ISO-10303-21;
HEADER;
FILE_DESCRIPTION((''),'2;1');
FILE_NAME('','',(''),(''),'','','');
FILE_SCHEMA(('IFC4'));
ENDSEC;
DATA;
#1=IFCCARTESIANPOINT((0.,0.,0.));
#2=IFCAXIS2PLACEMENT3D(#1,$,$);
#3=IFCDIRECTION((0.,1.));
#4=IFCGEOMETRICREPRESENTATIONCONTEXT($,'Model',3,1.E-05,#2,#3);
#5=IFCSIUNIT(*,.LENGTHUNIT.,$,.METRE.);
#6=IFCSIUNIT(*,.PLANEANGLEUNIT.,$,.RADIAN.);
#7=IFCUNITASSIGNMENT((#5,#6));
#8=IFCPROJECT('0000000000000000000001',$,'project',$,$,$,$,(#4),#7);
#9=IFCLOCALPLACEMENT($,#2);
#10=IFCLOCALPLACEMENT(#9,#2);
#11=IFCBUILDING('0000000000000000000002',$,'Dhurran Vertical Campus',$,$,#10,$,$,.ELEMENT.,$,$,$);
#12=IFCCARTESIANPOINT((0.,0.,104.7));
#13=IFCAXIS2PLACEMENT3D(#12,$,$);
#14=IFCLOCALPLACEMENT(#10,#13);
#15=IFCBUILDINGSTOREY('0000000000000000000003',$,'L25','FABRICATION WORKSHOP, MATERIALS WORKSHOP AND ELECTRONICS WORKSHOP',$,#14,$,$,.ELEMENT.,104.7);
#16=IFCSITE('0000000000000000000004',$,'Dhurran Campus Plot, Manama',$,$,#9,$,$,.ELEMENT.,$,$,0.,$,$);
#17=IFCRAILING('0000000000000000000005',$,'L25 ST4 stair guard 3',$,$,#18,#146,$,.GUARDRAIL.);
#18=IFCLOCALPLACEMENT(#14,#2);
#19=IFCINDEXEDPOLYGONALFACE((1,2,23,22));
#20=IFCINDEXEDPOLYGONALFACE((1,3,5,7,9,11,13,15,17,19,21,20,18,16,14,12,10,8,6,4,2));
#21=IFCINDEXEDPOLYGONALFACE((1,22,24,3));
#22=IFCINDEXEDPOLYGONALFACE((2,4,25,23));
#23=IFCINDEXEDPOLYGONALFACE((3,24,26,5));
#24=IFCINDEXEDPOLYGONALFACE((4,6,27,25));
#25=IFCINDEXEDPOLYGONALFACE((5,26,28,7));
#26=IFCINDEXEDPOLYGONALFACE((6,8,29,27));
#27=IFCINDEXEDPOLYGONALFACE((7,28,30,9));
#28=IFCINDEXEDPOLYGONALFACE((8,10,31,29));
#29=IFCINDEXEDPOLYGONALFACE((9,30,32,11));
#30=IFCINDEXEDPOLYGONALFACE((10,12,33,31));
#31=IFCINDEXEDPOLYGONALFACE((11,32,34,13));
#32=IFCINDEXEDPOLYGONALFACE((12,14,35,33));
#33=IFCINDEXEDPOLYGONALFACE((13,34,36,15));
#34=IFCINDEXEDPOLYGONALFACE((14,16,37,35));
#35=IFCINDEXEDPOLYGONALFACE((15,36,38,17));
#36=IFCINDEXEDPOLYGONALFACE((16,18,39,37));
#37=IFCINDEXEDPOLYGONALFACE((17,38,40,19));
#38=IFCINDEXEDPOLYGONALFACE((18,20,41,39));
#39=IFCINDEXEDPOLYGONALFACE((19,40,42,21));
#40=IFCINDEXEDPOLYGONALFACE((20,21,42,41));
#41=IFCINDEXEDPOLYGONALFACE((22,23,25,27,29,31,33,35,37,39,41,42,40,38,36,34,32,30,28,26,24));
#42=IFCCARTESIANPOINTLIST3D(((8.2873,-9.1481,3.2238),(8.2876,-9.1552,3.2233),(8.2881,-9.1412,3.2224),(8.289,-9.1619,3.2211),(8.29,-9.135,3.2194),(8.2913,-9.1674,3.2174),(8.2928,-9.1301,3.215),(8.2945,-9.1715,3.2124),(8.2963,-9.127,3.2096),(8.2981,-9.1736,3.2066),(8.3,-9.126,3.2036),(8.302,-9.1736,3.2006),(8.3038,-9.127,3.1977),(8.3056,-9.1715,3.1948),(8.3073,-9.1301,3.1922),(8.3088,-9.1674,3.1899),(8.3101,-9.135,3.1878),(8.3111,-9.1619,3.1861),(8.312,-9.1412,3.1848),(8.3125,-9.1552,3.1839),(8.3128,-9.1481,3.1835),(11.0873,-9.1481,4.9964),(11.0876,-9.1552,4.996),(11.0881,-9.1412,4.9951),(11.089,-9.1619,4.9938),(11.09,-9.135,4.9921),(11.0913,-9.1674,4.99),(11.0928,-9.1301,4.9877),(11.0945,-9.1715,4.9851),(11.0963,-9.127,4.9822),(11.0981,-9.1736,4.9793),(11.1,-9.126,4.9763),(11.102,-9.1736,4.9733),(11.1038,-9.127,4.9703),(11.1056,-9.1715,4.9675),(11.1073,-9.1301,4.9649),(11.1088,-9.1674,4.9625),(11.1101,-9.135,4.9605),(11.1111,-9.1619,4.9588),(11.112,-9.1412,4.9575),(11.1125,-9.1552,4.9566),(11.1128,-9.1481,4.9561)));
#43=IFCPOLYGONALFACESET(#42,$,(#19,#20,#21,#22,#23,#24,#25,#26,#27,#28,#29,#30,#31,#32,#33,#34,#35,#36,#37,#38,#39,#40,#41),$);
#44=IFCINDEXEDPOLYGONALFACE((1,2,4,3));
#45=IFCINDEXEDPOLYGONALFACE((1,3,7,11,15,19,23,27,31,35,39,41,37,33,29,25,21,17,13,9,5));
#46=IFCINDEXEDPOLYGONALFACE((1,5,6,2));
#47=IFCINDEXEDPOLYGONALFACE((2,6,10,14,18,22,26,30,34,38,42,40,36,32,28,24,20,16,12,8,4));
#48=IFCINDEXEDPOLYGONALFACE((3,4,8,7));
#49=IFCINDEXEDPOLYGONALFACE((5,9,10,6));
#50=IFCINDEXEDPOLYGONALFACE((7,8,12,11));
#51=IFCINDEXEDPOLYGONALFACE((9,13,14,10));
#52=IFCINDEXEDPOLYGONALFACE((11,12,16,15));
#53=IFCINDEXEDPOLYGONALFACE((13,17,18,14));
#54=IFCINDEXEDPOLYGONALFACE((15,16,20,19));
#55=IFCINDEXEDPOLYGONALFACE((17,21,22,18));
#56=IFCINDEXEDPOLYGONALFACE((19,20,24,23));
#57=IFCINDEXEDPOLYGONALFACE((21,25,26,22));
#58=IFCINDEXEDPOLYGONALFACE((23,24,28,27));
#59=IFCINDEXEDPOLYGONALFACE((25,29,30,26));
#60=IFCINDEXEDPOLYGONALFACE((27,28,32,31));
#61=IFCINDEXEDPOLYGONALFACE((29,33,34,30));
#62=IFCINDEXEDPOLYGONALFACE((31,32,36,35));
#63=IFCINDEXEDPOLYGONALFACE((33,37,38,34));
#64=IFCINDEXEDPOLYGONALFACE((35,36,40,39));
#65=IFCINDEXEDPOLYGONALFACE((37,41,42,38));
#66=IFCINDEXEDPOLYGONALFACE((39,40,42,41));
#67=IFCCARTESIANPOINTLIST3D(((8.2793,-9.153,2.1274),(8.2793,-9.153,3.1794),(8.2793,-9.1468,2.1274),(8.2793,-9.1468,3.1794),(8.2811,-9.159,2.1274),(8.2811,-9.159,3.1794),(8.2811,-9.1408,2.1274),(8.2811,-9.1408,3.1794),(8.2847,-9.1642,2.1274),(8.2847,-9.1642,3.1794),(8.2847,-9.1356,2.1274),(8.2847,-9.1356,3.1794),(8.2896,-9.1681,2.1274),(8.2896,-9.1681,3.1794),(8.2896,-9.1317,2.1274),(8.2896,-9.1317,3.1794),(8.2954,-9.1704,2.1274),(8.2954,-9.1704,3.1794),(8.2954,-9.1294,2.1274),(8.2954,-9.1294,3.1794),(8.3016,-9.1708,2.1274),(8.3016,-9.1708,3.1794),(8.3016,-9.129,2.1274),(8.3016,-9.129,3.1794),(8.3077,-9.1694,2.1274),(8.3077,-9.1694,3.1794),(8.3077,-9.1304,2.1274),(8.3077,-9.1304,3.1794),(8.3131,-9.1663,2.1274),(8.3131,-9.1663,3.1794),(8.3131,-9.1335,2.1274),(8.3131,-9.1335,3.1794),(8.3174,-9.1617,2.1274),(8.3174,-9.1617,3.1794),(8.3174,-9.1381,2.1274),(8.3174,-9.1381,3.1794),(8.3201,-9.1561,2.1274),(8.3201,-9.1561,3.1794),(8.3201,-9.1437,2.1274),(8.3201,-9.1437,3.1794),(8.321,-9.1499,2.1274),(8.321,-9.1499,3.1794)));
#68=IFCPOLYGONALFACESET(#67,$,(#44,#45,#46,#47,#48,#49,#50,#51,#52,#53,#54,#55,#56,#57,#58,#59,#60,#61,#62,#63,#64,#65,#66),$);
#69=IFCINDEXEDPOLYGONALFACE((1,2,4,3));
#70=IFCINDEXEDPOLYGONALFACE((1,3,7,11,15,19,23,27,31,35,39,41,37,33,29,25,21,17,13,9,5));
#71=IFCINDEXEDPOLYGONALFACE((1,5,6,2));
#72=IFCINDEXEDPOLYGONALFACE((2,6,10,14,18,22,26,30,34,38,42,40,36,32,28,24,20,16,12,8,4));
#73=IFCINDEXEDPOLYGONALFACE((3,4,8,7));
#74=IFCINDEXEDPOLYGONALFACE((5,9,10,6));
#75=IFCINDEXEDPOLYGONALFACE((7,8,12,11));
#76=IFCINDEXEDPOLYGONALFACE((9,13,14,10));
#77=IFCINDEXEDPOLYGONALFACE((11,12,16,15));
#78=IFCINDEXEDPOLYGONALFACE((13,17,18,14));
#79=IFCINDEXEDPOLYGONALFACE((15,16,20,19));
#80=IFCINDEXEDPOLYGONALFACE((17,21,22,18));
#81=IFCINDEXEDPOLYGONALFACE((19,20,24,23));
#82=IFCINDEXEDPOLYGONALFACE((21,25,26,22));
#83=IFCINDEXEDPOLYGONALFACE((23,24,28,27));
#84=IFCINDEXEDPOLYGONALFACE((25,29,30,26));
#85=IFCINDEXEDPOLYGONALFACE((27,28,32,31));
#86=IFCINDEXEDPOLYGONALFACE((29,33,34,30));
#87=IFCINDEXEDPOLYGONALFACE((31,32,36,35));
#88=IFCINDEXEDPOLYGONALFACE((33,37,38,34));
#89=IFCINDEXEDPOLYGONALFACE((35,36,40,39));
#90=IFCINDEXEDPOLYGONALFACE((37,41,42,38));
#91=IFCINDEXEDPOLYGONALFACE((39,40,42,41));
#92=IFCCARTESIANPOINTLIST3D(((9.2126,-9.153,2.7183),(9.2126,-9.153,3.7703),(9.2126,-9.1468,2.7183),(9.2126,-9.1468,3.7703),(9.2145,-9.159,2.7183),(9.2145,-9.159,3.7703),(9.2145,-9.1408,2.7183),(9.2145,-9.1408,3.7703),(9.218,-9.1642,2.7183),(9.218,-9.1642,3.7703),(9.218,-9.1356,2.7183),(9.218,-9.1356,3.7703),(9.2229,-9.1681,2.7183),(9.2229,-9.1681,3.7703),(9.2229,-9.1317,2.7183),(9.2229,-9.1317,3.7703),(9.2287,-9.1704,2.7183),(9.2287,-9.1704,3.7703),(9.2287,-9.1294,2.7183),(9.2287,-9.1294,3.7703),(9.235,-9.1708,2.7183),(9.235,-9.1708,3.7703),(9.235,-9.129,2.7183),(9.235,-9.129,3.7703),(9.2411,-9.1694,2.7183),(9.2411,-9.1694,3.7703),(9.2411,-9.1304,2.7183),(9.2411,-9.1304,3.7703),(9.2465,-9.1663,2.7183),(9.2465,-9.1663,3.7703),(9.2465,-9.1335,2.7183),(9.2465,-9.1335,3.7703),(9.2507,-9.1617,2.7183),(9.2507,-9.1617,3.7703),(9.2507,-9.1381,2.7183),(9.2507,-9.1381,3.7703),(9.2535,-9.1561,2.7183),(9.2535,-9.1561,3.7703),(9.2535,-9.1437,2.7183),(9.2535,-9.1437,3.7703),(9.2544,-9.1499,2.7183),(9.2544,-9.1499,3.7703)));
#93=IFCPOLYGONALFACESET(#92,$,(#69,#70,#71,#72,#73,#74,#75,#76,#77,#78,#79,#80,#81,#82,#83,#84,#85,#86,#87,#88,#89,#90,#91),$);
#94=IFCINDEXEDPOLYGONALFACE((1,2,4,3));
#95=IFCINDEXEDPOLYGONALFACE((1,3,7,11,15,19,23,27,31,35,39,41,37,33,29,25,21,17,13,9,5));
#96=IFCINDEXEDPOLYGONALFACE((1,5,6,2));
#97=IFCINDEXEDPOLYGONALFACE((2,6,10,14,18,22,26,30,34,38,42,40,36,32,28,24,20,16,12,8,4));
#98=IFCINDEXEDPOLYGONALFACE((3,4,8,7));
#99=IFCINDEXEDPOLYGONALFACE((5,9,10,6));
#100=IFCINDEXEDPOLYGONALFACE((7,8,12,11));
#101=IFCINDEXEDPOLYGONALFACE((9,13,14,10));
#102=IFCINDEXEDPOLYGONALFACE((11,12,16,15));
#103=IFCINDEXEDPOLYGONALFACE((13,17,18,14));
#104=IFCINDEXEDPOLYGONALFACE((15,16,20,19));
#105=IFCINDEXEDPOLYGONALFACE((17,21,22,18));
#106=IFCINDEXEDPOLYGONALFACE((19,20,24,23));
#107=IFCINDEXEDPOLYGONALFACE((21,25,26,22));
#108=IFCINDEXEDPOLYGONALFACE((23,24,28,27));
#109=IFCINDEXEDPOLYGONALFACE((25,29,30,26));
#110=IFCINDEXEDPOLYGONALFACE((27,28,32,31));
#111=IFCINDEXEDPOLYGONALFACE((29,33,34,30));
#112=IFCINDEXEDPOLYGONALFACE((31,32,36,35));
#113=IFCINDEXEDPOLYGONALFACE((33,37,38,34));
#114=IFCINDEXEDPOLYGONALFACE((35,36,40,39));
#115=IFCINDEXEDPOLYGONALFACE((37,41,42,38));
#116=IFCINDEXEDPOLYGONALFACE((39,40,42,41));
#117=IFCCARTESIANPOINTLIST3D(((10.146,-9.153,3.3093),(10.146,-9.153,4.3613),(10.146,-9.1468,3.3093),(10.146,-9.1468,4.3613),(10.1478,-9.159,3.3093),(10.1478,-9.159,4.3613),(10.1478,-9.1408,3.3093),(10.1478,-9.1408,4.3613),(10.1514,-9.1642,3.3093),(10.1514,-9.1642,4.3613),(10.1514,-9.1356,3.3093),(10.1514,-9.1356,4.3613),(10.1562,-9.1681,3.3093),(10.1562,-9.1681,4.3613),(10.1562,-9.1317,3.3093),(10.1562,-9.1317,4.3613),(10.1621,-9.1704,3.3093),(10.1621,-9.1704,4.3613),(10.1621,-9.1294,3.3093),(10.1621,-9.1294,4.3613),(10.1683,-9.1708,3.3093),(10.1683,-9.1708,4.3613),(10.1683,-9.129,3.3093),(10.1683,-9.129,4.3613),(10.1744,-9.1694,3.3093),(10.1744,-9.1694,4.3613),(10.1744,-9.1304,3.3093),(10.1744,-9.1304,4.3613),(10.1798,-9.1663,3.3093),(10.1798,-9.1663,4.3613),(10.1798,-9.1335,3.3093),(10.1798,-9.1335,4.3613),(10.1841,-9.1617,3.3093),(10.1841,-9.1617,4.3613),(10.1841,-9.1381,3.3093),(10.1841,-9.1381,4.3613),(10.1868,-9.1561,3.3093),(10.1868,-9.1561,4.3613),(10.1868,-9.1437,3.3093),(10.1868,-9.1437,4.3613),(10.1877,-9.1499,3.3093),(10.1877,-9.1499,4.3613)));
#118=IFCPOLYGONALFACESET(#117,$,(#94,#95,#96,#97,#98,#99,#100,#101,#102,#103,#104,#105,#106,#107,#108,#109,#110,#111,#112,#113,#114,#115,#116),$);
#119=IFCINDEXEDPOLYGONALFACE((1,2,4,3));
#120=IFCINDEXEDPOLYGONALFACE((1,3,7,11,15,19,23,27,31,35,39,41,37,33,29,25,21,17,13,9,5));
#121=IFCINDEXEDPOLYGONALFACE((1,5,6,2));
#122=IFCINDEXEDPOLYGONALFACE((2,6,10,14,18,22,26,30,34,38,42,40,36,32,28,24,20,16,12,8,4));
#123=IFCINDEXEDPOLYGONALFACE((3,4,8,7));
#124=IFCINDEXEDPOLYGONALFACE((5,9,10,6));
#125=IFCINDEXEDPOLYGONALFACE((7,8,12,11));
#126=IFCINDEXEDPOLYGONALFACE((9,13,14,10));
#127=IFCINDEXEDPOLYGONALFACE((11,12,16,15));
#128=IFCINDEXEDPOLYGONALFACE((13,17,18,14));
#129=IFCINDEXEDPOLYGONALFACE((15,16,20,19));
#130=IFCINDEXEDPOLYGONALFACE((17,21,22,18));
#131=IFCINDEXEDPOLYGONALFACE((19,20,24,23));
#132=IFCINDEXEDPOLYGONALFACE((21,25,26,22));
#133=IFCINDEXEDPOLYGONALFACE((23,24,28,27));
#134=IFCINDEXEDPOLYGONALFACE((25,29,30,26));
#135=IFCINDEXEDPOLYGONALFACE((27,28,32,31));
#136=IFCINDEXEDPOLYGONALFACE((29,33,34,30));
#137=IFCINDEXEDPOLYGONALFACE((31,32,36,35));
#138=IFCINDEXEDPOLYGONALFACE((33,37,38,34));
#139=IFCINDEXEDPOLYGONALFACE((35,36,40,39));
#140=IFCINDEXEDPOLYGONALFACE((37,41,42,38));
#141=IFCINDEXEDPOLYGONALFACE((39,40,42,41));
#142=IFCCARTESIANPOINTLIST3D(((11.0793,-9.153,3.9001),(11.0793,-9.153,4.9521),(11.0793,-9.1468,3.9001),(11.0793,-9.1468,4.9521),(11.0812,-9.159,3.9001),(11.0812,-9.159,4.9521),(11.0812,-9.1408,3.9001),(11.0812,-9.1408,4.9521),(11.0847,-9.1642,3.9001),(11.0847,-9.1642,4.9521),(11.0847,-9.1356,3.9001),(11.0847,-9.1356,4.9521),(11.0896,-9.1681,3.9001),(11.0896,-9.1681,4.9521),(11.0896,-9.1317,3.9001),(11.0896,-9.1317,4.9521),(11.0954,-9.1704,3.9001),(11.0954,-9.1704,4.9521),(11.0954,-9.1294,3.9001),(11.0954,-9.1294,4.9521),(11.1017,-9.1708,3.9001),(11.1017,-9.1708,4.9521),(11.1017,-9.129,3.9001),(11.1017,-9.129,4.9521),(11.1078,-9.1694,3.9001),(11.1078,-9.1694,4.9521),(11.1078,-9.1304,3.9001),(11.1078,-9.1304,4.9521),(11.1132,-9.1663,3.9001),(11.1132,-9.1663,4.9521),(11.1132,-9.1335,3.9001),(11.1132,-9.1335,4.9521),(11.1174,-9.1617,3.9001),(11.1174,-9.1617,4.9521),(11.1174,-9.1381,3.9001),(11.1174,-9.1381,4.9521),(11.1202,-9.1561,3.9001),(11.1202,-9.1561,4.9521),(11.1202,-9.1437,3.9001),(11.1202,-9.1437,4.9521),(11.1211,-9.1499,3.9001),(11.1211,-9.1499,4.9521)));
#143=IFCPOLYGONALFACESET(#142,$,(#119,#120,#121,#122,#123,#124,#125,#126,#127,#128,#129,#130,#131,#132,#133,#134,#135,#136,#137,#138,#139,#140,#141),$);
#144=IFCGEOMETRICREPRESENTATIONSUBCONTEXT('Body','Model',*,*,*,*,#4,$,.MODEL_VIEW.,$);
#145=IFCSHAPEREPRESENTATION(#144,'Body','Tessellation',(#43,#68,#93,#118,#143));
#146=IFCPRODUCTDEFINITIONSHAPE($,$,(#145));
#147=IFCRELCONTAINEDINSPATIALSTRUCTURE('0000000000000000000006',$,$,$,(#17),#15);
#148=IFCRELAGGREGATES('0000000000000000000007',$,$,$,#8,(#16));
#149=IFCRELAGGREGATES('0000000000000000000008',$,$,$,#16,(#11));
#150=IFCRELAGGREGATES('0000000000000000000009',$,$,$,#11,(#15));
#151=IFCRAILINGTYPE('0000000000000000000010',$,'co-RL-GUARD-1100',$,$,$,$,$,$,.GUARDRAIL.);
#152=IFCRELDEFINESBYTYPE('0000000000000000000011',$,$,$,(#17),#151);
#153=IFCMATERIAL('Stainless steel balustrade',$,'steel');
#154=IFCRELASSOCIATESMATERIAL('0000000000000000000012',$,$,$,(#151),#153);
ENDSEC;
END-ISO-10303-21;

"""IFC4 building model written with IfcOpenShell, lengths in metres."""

from ifc_helpers import new_model, si_unit, direction, frame, origin, origin_2d, place, context, subcontext, project, spatial, circle, extrude, material, type_object, element, save


model = new_model("IFC4")

# Units and contexts
model_context = context("Model", 3, precision=1e-05, world=origin(), true_north=direction((0.0, 1.0)))
body_context = subcontext(model_context, "Body", "Model", "MODEL_VIEW")
ifc_project = project(units=[si_unit("LENGTHUNIT", "METRE"), si_unit("PLANEANGLEUNIT", "RADIAN")], contexts=[model_context])

# Site, building, storey
site_placement = place(None, origin())
site = spatial("IfcSite", under=ifc_project, at=site_placement, Name="Dhurran Campus Plot, Manama", CompositionType="ELEMENT", RefElevation=0.0)
building_placement = place(site_placement, origin())
building = spatial("IfcBuilding", under=site, at=building_placement, Name="Dhurran Vertical Campus", CompositionType="ELEMENT")
storey_placement = place(building_placement, frame((0.0, 0.0, 104.7)))
storey = spatial("IfcBuildingStorey", under=building, at=storey_placement, Name="L25", Description="FABRICATION WORKSHOP, MATERIALS WORKSHOP AND ELECTRONICS WORKSHOP", CompositionType="ELEMENT", Elevation=104.7)

# Railing
ifc_material_1 = material(Name="Stainless steel balustrade", Category="steel")
railing_type_1 = type_object("IfcRailingType", Name="co-RL-GUARD-1100", PredefinedType="GUARDRAIL", material=ifc_material_1)
railing_1_placement = place(storey_placement, frame((8.3, -9.1499, 2.1274)))
element("IfcRailing", 1, at=railing_1_placement, inside=storey, type_object=railing_type_1, Name="L25 ST4 stair guard 3", PredefinedType="GUARDRAIL", context=body_context, shape_type="SweptSolid", body=[
    extrude(circle(Radius=0.0239, at=origin_2d()), frame((0.0, 0.0, 1.0762), z_axis=(0.844909, 0.0, 0.53491), x_axis=(0.0, 1.0, 0.0)), (0.0, 0.0, 1.0), 3.314),
    extrude(circle(Radius=0.021, at=origin_2d()), origin(), (0.0, 0.0, 1.0), 1.052),
    extrude(circle(Radius=0.021, at=origin_2d()), frame((0.9333, 0.0, 0.5908)), (0.0, 0.0, 1.0), 1.052),
    extrude(circle(Radius=0.021, at=origin_2d()), frame((1.8667, 0.0, 1.1819)), (0.0, 0.0, 1.0), 1.052),
    extrude(circle(Radius=0.021, at=origin_2d()), frame((2.8, 0.0, 1.7727)), (0.0, 0.0, 1.0), 1.052),
])

save(model, "model.ifc")
